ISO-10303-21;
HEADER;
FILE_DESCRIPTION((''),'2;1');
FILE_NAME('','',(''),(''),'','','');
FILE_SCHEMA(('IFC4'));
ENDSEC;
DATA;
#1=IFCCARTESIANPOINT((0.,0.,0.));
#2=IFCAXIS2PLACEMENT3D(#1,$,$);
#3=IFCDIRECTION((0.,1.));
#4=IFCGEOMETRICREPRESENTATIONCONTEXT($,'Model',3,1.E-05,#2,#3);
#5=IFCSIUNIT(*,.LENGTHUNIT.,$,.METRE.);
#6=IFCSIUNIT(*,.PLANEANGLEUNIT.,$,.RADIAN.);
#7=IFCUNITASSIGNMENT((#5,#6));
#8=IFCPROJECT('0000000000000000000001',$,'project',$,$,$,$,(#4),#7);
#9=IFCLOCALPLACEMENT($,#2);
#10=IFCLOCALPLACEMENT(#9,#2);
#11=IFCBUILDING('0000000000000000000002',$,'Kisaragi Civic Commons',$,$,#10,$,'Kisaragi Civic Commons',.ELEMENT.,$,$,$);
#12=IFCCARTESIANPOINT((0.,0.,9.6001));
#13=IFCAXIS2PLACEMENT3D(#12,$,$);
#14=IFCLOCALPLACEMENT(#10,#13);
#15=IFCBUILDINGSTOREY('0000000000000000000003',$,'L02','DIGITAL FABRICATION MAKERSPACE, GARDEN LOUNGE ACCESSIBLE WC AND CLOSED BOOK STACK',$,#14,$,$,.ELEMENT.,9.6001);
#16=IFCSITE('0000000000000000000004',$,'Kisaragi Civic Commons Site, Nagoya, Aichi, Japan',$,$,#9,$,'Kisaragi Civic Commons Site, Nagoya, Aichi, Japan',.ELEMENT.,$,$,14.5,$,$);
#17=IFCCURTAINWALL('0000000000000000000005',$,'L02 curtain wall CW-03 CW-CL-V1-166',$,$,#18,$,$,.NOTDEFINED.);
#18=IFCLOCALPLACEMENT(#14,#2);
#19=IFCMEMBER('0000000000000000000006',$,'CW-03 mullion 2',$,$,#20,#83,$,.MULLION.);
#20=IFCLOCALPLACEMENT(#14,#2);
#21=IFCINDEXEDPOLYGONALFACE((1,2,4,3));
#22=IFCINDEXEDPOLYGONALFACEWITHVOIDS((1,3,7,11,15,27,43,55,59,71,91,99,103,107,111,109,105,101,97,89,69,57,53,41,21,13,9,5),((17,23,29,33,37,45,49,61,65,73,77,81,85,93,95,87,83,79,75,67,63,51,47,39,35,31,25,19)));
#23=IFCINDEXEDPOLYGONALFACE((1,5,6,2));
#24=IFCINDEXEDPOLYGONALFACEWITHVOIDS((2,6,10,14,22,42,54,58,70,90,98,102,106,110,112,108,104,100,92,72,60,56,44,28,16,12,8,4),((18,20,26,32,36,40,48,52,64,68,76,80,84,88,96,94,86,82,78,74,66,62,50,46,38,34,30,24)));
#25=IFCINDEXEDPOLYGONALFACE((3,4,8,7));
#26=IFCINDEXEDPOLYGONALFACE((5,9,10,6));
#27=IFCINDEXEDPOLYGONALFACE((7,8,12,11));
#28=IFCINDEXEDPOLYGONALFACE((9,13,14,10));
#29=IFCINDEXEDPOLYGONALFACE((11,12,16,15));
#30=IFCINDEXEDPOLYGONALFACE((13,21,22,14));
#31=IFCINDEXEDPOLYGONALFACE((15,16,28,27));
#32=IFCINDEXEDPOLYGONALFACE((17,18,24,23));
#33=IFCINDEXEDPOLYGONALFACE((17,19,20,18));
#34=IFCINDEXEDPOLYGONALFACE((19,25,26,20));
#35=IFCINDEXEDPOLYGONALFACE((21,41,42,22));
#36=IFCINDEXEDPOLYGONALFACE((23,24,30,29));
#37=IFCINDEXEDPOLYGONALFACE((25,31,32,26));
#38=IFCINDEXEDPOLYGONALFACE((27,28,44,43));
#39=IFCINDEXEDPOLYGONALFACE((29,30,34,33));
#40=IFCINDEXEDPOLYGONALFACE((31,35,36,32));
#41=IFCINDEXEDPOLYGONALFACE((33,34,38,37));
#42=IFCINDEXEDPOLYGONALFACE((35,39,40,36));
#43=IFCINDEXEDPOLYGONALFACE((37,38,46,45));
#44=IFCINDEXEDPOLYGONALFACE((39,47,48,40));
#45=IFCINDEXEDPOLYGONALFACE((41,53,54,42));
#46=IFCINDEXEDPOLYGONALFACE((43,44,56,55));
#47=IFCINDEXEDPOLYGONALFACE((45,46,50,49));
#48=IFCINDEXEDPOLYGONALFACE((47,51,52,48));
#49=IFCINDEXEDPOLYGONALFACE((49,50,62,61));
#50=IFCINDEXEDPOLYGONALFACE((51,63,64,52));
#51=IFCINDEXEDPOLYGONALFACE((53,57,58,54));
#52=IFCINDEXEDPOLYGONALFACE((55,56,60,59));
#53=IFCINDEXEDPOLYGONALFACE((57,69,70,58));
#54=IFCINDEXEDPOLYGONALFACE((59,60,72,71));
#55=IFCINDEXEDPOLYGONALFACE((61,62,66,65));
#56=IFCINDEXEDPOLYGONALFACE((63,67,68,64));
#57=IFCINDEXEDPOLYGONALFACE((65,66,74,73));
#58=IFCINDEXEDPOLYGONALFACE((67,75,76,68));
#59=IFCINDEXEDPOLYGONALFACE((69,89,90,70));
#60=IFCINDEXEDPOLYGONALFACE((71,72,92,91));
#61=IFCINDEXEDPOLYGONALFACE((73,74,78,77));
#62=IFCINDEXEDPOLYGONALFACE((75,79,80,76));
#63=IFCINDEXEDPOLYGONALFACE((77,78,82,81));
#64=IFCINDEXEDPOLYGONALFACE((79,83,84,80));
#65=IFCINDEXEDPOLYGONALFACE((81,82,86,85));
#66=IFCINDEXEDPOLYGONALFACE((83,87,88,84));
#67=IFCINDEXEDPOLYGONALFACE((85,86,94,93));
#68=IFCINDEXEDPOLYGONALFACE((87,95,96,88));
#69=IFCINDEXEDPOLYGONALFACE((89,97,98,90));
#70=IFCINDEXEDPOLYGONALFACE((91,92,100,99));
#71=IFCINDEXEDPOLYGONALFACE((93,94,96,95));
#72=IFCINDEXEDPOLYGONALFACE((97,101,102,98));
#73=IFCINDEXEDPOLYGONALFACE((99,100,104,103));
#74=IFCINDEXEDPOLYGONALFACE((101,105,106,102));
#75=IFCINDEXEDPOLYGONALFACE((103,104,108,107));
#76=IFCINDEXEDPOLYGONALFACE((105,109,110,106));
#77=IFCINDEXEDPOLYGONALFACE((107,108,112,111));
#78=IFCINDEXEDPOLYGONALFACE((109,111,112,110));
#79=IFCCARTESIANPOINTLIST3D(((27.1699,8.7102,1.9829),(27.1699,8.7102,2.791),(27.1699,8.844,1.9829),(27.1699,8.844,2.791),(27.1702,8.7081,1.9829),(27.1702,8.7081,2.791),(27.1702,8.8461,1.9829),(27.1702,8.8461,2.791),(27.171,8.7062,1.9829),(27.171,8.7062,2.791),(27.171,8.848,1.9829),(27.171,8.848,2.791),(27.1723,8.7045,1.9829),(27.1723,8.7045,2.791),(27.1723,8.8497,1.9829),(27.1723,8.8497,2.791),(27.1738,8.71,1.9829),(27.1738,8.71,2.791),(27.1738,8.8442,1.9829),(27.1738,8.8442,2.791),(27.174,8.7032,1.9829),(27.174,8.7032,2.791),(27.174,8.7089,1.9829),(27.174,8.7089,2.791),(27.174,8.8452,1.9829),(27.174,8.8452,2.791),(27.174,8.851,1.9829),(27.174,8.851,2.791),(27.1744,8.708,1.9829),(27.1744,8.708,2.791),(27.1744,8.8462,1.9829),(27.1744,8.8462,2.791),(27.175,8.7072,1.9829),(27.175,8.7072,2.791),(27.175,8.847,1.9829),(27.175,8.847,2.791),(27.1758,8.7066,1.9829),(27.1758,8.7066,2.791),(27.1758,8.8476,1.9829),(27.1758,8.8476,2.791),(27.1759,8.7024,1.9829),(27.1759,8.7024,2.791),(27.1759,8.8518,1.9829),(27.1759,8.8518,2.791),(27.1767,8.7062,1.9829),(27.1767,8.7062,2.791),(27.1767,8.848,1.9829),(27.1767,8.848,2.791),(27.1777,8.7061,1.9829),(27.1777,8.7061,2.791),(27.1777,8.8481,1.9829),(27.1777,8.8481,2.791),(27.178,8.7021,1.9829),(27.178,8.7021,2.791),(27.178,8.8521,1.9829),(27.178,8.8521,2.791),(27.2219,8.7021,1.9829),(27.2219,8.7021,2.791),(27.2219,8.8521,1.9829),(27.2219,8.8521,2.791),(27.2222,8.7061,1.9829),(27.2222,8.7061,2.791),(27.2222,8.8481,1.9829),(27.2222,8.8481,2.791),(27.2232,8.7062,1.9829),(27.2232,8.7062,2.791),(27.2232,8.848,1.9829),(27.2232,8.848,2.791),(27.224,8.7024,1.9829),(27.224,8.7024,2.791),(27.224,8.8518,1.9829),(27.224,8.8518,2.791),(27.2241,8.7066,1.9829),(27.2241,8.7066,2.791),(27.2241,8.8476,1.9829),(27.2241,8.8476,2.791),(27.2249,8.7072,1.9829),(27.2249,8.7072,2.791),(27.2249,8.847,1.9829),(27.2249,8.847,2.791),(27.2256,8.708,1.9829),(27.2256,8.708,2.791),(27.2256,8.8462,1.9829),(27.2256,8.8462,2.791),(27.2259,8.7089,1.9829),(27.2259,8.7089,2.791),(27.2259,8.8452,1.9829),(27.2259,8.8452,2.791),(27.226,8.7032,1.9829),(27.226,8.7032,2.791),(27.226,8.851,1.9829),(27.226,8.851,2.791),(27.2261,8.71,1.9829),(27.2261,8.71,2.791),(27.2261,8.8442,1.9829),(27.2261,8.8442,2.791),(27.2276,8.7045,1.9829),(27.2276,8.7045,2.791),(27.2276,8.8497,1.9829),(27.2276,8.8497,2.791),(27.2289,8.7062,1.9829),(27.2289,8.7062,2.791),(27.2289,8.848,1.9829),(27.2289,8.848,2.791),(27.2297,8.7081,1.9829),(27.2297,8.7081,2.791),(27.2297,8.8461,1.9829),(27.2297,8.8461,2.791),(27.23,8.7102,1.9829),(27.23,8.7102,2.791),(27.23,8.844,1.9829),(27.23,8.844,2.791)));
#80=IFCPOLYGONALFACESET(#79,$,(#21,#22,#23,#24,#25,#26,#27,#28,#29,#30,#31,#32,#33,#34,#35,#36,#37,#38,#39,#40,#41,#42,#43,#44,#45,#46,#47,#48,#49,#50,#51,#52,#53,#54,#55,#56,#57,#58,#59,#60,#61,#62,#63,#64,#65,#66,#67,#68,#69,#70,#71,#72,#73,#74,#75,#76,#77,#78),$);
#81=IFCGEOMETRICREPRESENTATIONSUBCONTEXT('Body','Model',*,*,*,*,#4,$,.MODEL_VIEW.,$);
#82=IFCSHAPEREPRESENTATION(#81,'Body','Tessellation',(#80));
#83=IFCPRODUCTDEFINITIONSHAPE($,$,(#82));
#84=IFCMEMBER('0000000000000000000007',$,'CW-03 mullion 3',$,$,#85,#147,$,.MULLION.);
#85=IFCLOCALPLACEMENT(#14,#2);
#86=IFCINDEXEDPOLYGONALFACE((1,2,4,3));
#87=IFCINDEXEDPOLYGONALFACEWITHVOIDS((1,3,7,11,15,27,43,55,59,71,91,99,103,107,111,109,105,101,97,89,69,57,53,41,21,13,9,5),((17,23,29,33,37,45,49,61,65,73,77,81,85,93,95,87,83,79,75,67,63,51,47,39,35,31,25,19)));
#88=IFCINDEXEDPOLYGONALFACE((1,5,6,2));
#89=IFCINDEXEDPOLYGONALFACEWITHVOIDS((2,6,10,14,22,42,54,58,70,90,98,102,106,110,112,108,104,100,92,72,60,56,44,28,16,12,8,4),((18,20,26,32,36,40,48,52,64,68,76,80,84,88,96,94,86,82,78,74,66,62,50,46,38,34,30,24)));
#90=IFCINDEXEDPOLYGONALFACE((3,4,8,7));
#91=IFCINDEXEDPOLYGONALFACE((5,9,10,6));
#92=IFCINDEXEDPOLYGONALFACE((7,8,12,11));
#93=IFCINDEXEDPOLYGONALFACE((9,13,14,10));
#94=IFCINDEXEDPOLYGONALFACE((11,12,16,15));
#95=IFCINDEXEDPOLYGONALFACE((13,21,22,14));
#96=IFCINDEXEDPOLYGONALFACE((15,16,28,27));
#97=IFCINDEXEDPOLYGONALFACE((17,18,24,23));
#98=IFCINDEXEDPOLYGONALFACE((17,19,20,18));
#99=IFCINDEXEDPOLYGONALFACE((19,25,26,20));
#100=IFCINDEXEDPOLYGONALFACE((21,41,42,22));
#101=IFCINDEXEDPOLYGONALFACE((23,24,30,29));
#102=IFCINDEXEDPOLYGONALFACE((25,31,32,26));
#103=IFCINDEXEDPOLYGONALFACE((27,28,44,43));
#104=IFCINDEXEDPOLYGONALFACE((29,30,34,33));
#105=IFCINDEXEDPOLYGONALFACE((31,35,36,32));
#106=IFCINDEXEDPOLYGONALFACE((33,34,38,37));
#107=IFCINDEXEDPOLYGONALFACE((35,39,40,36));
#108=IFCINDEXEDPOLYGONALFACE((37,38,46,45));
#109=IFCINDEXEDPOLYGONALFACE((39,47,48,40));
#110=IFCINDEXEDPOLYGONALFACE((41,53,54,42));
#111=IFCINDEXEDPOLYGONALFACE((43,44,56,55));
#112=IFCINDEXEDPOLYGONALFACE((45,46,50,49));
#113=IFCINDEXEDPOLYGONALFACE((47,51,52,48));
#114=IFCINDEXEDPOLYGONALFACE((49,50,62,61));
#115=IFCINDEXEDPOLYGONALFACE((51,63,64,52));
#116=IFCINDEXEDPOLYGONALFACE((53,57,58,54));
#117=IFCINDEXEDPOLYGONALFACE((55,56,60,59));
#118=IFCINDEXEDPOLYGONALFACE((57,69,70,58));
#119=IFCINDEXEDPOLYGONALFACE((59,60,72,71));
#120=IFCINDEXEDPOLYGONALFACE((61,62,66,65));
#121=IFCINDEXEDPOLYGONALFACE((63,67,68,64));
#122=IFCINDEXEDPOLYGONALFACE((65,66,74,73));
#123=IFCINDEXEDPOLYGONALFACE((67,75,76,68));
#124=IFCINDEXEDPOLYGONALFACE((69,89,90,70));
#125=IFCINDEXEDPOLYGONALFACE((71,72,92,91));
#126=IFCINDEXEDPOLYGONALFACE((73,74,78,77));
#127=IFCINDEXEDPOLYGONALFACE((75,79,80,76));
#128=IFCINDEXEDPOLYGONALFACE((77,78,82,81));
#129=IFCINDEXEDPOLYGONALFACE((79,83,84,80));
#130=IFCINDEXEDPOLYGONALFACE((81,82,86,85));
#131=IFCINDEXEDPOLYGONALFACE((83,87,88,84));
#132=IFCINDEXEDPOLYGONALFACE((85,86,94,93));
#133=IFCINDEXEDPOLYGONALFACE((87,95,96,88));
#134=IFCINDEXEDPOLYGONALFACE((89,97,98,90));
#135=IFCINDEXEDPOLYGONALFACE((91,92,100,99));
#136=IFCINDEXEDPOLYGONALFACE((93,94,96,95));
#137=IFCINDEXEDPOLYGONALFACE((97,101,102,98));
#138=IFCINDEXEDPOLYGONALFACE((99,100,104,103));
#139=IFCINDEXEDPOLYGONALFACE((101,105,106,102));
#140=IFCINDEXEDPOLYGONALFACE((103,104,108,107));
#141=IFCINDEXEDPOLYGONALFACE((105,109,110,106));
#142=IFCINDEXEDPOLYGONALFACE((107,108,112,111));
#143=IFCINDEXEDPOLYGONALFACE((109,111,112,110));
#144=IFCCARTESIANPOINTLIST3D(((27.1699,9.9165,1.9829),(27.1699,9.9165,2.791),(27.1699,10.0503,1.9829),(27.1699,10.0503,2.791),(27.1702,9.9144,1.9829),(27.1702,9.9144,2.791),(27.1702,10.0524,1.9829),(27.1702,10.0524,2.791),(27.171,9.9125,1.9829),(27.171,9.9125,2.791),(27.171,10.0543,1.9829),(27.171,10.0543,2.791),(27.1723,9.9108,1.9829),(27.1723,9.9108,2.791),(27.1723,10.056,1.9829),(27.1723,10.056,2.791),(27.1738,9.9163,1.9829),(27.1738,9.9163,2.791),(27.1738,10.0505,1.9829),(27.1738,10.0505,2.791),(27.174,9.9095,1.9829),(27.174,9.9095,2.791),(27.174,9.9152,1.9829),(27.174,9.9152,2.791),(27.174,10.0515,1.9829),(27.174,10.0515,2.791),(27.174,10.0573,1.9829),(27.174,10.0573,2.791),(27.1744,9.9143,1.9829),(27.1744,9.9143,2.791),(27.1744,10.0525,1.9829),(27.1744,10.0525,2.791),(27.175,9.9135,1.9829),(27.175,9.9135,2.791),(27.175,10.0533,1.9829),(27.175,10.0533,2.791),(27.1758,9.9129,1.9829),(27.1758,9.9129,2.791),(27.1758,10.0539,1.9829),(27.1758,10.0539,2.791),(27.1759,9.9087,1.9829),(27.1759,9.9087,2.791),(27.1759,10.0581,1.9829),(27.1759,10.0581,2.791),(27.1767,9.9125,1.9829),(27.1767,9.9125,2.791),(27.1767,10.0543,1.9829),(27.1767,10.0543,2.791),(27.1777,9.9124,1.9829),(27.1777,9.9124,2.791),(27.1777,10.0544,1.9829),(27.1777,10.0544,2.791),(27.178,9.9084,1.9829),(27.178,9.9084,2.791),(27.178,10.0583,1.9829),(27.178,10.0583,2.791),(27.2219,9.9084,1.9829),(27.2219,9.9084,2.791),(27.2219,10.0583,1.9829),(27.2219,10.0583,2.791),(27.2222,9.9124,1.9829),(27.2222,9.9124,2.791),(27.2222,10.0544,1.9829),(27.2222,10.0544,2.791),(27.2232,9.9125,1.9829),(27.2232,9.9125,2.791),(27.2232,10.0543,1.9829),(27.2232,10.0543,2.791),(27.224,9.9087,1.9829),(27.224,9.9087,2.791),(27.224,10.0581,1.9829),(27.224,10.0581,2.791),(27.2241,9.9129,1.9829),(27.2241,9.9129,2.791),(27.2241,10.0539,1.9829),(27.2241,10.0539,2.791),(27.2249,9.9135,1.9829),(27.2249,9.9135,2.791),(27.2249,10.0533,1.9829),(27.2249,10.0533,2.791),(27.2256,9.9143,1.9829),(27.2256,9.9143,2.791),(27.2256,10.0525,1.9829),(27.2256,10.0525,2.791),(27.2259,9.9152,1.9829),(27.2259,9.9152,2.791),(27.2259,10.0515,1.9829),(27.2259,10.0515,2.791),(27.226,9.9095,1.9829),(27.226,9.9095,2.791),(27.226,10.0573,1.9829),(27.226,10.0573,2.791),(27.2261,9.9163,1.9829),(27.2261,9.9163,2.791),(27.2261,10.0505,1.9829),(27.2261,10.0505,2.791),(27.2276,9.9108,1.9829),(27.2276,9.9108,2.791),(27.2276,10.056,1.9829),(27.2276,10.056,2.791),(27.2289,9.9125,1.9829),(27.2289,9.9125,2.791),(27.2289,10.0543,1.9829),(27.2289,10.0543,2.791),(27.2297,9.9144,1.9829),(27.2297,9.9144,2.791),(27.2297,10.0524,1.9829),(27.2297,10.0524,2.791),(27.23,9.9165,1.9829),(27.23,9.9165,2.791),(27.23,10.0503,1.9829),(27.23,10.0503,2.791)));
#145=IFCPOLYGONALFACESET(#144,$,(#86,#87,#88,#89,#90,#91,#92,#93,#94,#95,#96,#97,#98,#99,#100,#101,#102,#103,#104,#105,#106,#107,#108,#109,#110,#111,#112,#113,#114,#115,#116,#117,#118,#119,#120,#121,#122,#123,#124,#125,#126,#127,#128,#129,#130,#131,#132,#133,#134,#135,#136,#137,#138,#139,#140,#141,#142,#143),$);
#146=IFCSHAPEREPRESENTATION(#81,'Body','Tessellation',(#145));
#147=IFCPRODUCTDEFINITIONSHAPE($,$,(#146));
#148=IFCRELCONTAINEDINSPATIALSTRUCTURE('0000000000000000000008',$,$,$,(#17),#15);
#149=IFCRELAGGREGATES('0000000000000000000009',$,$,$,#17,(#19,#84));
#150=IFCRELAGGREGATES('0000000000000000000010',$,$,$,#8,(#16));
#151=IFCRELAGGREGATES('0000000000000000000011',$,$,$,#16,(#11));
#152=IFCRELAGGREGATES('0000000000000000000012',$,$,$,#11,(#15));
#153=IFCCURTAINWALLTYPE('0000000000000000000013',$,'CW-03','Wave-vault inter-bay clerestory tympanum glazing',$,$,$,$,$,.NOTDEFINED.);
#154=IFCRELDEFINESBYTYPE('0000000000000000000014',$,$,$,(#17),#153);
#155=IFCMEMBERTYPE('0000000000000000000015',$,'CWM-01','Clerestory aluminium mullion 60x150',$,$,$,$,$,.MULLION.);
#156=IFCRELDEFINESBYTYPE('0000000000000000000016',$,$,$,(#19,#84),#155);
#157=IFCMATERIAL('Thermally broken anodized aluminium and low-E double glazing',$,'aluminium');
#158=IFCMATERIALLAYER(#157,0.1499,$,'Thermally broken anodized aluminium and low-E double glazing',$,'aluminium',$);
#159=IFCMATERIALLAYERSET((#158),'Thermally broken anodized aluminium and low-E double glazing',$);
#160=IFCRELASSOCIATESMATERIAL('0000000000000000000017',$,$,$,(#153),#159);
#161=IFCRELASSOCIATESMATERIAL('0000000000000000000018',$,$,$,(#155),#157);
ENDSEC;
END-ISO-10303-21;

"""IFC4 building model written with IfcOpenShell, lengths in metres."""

from ifc_helpers import new_model, si_unit, direction, frame, origin, origin_2d, place, context, subcontext, project, spatial, hollow_rectangle, extrude, material, layer, layer_set, material_profile, profile_set, type_object, element, aggregate, save


model = new_model("IFC4")

# Units and contexts
model_context = context("Model", 3, precision=1e-05, world=origin(), true_north=direction((0.0, 1.0)))
body_context = subcontext(model_context, "Body", "Model", "MODEL_VIEW")
ifc_project = project(units=[si_unit("LENGTHUNIT", "METRE"), si_unit("PLANEANGLEUNIT", "RADIAN")], contexts=[model_context])

# Site, building, storey
site_placement = place(None, origin())
site = spatial("IfcSite", under=ifc_project, at=site_placement, Name="Kisaragi Civic Commons Site, Nagoya, Aichi, Japan", LongName="Kisaragi Civic Commons Site, Nagoya, Aichi, Japan", CompositionType="ELEMENT", RefElevation=14.5)
building_placement = place(site_placement, origin())
building = spatial("IfcBuilding", under=site, at=building_placement, Name="Kisaragi Civic Commons", LongName="Kisaragi Civic Commons", CompositionType="ELEMENT")
storey_placement = place(building_placement, frame((0.0, 0.0, 9.6001)))
storey = spatial("IfcBuildingStorey", under=building, at=storey_placement, Name="L02", Description="DIGITAL FABRICATION MAKERSPACE, GARDEN LOUNGE ACCESSIBLE WC AND CLOSED BOOK STACK", CompositionType="ELEMENT", Elevation=9.6001)

# Shared definitions
ifc_material_1 = material(Name="Thermally broken anodized aluminium and low-E double glazing", Category="aluminium")
ifc_layer_1 = layer(ifc_material_1, 0.1499, Name="Thermally broken anodized aluminium and low-E double glazing", Category="aluminium")
ifc_layer_set_1 = layer_set([ifc_layer_1], Name="Thermally broken anodized aluminium and low-E double glazing")
curtain_wall_type = type_object("IfcCurtainWallType", Name="CW-03", Description="Wave-vault inter-bay clerestory tympanum glazing", PredefinedType="NOTDEFINED", material=ifc_layer_set_1)
ifc_material_profile_1 = material_profile(ifc_material_1, hollow_rectangle(XDim=0.0601, YDim=0.1499, WallThickness=0.0039, InnerFilletRadius=0.0039, OuterFilletRadius=0.0081, at=origin_2d()), Name="CWM-60x150x4", Category="aluminium")
ifc_profile_set_1 = profile_set([ifc_material_profile_1], Name="Thermally broken anodized aluminium and low-E double glazing")
member_type_1 = type_object("IfcMemberType", Name="CWM-01", Description="Clerestory aluminium mullion 60x150", PredefinedType="MULLION", material=ifc_profile_set_1)

# Curtain wall, members
curtain_wall_1_placement = place(storey_placement, origin())
curtain_wall_1 = element("IfcCurtainWall", 1, at=curtain_wall_1_placement, inside=storey, type_object=curtain_wall_type, Name="L02 curtain wall CW-03 CW-CL-V1-166", PredefinedType="NOTDEFINED")
member_1_placement = place(storey_placement, frame((27.2, 8.7771, 1.9829), z_axis=(0.0, 0.0, 1.0), x_axis=(-1.0, 0.0, 0.0)))
member_1 = element("IfcMember", 2, at=member_1_placement, type_object=member_type_1, Name="CW-03 mullion 2", PredefinedType="MULLION", context=body_context, shape_type="SweptSolid", body=[
    extrude(hollow_rectangle(XDim=0.0601, YDim=0.1499, WallThickness=0.0039, InnerFilletRadius=0.0039, OuterFilletRadius=0.0081, at=origin_2d()), origin(), (0.0, 0.0, 1.0), 0.8081),
])
member_2_placement = place(storey_placement, frame((27.2, 9.9834, 1.9829), z_axis=(0.0, 0.0, 1.0), x_axis=(-1.0, 0.0, 0.0)))
member_2 = element("IfcMember", 3, at=member_2_placement, type_object=member_type_1, Name="CW-03 mullion 3", PredefinedType="MULLION", context=body_context, shape_type="SweptSolid", body=[
    extrude(hollow_rectangle(XDim=0.0601, YDim=0.1499, WallThickness=0.0039, InnerFilletRadius=0.0039, OuterFilletRadius=0.0081, at=origin_2d()), origin(), (0.0, 0.0, 1.0), 0.8081),
])

aggregate(curtain_wall_1, [member_1, member_2])

save(model, "model.ifc")
